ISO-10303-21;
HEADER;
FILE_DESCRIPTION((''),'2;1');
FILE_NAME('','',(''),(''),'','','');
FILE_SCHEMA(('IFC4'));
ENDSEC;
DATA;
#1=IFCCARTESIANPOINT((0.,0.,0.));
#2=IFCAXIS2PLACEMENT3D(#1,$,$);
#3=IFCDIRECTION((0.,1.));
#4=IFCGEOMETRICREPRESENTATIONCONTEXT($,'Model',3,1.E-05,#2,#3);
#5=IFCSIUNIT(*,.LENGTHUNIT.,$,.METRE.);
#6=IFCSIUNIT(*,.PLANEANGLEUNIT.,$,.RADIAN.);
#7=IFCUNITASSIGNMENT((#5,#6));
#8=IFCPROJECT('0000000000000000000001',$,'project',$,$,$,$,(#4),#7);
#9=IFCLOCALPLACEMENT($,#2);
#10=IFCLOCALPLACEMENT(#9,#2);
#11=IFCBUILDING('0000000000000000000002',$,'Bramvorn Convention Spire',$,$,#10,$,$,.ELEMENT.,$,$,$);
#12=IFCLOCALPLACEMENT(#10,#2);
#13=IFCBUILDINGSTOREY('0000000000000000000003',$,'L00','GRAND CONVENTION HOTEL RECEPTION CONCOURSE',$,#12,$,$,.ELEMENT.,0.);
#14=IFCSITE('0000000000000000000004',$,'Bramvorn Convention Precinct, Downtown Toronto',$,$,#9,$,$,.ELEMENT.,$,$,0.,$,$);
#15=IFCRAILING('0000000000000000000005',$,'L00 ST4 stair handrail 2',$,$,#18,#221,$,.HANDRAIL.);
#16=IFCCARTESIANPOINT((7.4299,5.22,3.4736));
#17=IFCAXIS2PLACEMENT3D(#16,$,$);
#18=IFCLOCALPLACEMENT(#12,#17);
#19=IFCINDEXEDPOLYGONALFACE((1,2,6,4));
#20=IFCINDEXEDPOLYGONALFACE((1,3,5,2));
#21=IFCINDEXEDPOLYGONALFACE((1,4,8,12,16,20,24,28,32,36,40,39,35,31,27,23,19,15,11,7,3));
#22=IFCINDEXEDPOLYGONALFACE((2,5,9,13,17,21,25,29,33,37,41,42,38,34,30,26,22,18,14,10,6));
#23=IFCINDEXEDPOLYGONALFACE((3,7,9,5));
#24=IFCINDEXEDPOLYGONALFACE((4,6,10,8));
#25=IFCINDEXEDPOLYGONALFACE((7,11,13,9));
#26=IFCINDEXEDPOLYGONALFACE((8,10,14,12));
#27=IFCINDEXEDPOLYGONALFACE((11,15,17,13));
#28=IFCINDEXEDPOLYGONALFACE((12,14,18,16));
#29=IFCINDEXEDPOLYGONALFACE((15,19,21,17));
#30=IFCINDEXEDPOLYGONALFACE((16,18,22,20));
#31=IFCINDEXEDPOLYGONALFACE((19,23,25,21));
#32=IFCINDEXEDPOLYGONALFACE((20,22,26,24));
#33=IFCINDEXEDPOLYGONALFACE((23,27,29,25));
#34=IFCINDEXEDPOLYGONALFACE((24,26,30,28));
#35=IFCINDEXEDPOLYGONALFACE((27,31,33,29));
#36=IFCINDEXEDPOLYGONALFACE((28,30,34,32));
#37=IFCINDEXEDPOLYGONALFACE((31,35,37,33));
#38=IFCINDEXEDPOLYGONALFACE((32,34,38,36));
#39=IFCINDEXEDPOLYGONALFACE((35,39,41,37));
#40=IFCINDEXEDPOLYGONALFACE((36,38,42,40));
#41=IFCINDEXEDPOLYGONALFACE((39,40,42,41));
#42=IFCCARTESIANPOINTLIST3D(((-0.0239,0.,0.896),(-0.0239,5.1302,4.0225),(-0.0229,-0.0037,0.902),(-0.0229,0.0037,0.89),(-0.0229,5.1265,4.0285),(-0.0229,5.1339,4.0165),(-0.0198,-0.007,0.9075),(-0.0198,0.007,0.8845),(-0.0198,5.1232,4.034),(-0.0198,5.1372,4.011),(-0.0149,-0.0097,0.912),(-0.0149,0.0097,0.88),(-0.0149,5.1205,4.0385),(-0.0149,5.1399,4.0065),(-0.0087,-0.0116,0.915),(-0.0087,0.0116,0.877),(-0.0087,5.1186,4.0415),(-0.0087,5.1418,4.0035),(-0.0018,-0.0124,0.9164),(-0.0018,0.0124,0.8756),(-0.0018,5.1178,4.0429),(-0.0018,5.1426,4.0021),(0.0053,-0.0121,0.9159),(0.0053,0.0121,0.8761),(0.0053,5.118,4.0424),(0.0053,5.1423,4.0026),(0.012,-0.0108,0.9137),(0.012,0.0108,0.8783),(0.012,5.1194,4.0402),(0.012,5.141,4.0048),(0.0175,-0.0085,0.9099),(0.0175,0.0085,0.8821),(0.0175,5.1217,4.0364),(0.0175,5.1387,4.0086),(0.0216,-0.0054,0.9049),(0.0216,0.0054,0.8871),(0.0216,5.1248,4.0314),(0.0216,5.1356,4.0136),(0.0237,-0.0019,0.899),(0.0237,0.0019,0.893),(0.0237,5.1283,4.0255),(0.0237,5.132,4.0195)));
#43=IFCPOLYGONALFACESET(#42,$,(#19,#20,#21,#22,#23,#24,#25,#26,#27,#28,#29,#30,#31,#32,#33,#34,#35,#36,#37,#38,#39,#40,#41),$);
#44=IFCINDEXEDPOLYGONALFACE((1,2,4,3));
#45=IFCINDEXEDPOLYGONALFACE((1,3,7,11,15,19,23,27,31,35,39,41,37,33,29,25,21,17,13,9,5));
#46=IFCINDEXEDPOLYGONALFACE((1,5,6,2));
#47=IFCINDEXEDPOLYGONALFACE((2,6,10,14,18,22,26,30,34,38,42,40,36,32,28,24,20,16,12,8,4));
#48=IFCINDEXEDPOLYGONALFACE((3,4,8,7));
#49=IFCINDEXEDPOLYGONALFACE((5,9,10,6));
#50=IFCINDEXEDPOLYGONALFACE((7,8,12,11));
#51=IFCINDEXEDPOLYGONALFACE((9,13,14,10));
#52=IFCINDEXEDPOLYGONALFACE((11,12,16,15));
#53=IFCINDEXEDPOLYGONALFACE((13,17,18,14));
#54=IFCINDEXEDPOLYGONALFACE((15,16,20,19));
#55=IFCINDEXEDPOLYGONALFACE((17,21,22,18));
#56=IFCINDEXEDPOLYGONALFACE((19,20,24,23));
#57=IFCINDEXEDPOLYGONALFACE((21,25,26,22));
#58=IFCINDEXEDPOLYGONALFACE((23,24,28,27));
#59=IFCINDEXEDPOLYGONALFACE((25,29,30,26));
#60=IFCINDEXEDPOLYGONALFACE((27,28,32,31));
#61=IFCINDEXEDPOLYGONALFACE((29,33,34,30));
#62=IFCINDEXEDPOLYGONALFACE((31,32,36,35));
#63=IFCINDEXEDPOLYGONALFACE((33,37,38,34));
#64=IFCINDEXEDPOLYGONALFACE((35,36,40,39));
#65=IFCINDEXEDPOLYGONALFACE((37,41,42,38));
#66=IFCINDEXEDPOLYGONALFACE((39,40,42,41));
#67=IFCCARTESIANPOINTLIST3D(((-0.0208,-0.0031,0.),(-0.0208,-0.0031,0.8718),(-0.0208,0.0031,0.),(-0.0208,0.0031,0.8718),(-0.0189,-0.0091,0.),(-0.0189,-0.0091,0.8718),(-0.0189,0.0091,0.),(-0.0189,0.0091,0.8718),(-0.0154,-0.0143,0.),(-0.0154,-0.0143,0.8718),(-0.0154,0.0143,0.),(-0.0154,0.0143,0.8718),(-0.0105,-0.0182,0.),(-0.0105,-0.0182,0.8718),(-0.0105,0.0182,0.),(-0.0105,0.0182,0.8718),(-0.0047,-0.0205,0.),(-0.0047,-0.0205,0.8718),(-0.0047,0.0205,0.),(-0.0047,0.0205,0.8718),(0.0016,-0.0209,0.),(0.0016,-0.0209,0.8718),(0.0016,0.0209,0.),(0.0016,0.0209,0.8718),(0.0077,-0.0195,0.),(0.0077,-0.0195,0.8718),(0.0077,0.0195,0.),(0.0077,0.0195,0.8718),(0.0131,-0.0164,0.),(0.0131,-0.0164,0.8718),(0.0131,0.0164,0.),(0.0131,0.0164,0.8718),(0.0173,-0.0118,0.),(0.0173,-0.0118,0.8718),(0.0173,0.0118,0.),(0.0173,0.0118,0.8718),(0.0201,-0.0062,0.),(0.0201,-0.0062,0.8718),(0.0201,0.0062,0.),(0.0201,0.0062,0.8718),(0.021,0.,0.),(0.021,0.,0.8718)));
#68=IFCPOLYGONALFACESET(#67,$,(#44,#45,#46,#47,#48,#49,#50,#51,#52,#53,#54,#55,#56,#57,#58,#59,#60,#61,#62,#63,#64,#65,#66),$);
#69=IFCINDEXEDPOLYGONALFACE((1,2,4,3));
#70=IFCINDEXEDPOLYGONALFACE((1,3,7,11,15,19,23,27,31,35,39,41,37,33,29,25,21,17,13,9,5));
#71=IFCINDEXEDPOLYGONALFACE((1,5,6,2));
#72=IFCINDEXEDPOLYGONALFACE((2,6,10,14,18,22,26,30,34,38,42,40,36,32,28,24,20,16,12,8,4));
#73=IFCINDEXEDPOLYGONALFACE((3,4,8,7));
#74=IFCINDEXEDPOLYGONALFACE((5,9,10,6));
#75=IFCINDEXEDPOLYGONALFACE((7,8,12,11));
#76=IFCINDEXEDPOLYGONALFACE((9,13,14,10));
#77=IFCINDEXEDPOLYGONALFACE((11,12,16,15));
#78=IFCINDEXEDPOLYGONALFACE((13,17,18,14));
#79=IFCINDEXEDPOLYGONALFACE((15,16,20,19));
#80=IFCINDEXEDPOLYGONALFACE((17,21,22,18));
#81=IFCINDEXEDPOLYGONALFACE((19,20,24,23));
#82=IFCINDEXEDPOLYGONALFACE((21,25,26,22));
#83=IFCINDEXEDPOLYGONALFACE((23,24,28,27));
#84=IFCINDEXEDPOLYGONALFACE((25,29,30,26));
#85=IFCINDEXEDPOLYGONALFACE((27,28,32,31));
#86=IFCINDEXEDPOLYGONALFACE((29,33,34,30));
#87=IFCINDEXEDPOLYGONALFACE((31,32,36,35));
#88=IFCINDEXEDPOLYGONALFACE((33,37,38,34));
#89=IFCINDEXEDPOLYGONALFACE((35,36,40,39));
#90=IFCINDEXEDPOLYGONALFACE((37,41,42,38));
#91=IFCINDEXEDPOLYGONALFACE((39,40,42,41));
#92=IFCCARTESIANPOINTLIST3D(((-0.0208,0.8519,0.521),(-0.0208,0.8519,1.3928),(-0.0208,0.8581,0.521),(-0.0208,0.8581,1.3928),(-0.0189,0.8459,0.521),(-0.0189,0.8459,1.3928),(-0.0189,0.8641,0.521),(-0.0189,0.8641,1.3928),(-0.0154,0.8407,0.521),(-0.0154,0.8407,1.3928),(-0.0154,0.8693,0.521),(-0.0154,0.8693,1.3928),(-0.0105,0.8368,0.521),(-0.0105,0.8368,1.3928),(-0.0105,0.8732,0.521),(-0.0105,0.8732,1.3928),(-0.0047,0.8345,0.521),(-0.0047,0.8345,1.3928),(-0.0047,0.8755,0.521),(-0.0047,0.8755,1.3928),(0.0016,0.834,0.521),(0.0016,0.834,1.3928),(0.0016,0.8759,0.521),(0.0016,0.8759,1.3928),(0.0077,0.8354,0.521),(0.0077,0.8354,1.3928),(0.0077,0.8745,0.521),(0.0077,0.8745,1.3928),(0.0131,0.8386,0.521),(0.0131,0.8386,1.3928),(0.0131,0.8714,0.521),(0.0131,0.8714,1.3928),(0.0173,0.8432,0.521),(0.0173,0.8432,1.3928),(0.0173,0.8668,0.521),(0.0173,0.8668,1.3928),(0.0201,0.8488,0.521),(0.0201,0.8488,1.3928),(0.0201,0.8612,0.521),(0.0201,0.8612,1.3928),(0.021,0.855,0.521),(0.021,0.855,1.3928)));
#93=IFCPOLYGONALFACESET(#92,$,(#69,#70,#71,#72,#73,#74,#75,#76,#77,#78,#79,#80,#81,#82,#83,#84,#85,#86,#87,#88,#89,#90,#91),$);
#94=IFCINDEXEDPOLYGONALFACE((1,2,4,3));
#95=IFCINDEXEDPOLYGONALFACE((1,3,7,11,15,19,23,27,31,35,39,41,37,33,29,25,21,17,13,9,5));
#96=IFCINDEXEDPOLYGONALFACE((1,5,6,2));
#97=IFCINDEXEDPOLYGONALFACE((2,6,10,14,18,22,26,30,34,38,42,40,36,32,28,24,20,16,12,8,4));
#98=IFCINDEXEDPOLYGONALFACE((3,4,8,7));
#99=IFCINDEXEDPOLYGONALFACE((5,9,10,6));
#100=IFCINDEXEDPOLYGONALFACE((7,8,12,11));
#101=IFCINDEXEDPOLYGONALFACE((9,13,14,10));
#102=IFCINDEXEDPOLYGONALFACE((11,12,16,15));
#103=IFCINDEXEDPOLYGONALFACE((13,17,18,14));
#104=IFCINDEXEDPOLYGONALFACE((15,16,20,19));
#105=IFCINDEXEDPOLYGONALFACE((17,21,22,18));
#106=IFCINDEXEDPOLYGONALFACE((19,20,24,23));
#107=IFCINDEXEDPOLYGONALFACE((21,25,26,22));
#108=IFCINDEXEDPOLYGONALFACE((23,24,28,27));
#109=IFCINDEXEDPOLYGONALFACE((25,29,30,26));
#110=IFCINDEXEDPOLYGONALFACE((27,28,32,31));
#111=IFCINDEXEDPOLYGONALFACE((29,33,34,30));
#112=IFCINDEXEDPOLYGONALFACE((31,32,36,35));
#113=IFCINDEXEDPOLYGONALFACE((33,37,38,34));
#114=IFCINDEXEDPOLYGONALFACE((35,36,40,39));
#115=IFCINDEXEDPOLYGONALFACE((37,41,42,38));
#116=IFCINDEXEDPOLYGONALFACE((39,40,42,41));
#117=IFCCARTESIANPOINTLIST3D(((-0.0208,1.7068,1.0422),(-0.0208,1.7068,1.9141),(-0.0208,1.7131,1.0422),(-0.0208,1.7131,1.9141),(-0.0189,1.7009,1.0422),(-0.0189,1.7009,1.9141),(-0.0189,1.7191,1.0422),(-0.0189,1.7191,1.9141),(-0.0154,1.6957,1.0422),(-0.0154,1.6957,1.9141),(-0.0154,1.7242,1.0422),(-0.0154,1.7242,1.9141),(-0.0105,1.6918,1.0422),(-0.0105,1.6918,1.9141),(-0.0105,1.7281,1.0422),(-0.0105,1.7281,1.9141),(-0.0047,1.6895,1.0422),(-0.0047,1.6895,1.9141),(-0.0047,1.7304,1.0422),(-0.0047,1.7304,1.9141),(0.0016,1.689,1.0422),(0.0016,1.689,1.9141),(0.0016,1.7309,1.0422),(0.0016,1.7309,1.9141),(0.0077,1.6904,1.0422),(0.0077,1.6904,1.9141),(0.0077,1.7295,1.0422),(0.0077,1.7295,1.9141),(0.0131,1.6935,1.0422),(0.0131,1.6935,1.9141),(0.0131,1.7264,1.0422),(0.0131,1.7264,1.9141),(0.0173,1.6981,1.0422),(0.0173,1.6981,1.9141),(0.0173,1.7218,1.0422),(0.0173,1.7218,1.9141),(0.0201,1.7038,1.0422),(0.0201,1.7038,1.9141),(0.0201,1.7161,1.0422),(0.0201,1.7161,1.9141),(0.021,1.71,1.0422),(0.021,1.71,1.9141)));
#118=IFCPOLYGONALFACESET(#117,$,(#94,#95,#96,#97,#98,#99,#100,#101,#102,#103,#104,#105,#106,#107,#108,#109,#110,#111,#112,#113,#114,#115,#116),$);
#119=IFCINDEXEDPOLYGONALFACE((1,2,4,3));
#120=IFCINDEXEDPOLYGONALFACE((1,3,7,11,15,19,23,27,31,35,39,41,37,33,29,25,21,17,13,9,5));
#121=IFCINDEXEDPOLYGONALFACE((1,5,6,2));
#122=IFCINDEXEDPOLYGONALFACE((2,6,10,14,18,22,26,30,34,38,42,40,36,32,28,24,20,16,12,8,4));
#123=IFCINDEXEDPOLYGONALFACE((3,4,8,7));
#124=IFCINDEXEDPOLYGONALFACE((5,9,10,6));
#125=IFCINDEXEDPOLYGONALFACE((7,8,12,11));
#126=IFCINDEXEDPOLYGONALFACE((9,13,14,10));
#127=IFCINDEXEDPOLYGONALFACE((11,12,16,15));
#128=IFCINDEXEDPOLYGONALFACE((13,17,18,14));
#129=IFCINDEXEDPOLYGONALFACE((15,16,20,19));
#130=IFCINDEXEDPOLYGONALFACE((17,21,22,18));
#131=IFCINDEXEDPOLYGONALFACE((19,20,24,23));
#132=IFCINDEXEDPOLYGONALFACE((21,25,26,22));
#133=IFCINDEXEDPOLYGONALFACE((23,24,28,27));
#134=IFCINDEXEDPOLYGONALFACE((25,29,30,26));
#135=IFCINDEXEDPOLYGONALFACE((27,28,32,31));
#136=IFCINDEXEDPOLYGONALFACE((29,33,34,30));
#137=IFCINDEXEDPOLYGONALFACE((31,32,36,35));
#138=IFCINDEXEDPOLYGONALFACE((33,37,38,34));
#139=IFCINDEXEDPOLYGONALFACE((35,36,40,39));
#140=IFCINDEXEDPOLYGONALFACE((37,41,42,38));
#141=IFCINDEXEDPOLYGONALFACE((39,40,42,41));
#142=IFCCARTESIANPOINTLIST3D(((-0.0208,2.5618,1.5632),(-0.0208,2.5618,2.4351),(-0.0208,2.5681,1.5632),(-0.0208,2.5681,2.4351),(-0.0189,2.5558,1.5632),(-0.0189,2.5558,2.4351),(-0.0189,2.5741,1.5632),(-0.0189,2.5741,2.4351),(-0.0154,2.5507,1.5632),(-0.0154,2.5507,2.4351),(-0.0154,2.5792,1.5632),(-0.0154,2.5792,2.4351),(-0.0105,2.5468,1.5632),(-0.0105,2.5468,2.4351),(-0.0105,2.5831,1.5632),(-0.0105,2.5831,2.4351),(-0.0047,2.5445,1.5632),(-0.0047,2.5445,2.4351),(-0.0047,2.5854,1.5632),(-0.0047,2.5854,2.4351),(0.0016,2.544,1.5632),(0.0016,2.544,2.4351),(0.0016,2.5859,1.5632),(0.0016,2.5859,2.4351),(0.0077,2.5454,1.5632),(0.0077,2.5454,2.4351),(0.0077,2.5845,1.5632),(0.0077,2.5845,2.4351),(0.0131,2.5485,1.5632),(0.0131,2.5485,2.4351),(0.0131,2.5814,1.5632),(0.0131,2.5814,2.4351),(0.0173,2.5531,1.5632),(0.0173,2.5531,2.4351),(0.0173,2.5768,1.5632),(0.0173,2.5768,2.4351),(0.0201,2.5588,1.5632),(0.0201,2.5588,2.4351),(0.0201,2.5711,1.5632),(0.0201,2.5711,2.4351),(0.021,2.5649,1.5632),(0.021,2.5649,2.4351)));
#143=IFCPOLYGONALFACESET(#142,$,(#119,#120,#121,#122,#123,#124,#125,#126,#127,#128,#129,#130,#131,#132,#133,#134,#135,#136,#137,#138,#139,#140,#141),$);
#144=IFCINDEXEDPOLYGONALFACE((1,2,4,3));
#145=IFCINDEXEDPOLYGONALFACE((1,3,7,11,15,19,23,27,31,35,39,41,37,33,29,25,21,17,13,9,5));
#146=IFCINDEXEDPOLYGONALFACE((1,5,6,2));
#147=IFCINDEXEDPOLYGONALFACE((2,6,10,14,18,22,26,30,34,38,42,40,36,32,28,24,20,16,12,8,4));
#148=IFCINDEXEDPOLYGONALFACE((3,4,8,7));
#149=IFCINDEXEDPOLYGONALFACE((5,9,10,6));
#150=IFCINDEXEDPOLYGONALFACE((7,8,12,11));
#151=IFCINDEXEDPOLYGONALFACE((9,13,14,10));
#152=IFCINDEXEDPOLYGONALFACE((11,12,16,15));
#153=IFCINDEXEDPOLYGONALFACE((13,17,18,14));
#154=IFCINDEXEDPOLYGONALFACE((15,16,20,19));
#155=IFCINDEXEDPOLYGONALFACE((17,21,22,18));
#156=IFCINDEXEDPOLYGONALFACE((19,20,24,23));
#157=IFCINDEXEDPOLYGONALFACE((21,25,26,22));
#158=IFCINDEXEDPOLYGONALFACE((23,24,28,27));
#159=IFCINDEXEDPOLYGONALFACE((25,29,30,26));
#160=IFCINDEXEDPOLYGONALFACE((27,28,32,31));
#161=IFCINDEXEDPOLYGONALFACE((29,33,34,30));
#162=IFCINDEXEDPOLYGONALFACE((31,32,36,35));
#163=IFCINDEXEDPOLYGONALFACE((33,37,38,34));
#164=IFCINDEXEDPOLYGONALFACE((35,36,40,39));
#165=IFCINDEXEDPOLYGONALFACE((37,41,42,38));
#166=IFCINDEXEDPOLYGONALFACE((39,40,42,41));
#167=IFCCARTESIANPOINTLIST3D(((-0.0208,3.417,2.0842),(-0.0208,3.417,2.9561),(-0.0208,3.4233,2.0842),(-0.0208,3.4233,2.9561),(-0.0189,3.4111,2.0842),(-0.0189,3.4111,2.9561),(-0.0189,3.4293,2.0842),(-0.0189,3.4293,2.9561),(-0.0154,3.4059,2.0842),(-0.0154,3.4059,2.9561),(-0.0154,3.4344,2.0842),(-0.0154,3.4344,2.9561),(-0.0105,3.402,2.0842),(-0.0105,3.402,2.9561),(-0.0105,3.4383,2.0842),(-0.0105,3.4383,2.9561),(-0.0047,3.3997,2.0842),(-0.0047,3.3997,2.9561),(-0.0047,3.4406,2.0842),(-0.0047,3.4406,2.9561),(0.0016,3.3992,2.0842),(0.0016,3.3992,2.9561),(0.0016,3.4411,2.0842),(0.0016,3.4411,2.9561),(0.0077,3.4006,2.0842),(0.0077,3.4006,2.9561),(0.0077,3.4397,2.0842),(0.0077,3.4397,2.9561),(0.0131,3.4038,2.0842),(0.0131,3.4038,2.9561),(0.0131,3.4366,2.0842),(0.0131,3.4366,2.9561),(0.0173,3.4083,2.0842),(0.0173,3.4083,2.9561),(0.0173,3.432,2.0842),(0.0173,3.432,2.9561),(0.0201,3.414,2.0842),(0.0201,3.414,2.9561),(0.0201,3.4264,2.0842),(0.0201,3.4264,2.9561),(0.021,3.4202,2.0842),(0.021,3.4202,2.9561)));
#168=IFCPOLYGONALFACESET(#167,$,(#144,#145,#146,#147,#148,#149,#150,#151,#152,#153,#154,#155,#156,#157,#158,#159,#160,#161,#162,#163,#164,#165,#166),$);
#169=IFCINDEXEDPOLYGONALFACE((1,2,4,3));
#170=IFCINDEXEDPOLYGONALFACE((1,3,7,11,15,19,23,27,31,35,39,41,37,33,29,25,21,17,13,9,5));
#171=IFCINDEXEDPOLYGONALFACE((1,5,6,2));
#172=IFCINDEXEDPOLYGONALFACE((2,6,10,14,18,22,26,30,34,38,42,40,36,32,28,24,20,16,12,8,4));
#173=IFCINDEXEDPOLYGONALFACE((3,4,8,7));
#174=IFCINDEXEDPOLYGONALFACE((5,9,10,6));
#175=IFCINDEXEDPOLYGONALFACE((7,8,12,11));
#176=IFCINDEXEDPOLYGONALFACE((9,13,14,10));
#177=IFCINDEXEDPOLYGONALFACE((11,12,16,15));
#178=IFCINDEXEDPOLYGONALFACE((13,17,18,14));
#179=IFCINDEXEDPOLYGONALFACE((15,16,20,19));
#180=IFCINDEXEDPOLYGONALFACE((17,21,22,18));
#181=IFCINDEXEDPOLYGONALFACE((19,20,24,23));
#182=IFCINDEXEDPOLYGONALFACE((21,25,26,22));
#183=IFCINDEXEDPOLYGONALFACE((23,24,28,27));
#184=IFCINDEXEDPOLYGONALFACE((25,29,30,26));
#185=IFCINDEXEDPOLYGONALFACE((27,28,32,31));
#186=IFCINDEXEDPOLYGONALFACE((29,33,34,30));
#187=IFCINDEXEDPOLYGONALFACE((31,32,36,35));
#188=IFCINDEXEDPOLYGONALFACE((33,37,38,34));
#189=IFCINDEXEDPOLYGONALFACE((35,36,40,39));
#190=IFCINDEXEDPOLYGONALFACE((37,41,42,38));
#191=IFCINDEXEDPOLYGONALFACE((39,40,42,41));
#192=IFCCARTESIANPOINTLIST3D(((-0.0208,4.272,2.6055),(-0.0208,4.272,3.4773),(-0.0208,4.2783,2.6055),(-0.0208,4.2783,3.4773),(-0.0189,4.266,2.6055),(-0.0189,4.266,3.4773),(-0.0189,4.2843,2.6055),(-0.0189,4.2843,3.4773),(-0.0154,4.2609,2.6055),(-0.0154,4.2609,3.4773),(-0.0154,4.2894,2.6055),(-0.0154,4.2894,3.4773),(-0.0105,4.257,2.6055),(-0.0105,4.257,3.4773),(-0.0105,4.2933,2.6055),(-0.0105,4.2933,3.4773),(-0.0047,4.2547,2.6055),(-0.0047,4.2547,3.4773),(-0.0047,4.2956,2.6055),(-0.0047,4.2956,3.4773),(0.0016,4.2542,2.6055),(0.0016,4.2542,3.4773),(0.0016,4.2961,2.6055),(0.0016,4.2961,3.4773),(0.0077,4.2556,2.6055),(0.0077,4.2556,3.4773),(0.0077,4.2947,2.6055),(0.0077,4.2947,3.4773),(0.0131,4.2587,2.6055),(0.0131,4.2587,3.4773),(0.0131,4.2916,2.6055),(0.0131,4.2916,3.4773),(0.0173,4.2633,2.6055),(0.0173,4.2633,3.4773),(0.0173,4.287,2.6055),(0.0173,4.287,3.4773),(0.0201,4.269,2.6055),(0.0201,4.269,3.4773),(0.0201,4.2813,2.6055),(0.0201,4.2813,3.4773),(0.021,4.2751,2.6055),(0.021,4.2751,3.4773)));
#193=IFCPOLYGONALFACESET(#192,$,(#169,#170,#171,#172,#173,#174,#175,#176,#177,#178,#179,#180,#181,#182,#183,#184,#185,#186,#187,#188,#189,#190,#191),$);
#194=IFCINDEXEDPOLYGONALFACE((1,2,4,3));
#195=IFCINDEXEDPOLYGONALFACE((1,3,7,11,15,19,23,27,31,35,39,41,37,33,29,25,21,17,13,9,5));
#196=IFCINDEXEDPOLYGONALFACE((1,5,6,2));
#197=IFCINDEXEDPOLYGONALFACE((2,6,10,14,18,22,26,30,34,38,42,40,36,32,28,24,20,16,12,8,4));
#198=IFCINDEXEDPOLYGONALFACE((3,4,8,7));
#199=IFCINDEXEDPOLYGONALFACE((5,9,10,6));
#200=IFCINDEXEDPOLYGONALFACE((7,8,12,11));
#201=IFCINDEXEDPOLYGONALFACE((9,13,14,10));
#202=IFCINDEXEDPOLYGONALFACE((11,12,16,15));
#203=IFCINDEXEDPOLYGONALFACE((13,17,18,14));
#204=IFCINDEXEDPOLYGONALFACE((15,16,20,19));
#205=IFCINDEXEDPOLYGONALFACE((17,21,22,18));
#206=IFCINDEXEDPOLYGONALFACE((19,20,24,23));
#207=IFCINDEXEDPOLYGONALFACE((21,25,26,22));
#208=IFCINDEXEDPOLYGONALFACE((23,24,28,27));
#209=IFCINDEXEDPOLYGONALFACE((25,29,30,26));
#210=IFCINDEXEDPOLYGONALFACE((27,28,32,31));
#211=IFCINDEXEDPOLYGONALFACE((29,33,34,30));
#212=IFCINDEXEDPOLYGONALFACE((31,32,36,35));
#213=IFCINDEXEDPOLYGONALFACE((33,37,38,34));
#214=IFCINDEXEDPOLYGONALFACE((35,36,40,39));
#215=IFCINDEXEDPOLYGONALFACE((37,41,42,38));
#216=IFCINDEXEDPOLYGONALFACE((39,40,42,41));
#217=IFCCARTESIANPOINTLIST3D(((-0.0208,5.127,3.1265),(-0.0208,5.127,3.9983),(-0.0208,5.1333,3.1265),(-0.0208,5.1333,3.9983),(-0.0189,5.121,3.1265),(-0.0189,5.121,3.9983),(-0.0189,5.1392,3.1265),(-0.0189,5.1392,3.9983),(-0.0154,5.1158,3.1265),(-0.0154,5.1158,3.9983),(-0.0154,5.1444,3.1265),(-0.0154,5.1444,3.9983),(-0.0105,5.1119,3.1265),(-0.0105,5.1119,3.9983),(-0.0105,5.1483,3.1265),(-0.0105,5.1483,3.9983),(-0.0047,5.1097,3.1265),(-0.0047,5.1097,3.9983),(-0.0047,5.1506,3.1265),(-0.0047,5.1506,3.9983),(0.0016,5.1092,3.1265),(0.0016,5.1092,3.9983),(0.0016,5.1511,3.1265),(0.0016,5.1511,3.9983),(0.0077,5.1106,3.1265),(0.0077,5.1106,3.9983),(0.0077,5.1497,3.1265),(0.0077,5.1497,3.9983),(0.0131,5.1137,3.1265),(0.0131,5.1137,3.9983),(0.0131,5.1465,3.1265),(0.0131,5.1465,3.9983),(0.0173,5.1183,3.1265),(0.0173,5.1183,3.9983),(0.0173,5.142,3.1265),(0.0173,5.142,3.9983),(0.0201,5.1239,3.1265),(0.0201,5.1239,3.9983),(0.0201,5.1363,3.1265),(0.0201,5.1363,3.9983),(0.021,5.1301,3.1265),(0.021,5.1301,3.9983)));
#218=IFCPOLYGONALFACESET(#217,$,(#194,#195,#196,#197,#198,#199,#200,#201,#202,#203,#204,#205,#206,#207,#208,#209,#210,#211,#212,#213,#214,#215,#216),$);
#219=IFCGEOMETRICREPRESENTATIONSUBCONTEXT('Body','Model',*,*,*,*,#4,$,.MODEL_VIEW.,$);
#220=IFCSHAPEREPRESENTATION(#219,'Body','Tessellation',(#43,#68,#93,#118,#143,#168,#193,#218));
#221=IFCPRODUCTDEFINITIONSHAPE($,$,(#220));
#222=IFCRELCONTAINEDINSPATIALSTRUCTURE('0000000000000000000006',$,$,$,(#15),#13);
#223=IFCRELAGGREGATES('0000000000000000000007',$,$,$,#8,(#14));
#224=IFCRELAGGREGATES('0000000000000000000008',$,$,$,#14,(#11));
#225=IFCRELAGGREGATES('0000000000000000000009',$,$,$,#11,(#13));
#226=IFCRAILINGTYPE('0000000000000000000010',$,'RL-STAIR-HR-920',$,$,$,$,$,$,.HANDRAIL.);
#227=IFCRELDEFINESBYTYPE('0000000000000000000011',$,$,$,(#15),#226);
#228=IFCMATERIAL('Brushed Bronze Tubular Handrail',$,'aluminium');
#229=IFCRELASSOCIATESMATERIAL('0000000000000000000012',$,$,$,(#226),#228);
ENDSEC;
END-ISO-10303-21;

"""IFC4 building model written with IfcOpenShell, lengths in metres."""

from ifc_helpers import new_model, si_unit, direction, frame, origin, origin_2d, place, context, subcontext, project, spatial, circle, extrude, material, type_object, element, save


model = new_model("IFC4")

# Units and contexts
model_context = context("Model", 3, precision=1e-05, world=origin(), true_north=direction((0.0, 1.0)))
body_context = subcontext(model_context, "Body", "Model", "MODEL_VIEW")
ifc_project = project(units=[si_unit("LENGTHUNIT", "METRE"), si_unit("PLANEANGLEUNIT", "RADIAN")], contexts=[model_context])

# Site, building, storey
site_placement = place(None, origin())
site = spatial("IfcSite", under=ifc_project, at=site_placement, Name="Bramvorn Convention Precinct, Downtown Toronto", CompositionType="ELEMENT", RefElevation=0.0)
building_placement = place(site_placement, origin())
building = spatial("IfcBuilding", under=site, at=building_placement, Name="Bramvorn Convention Spire", CompositionType="ELEMENT")
storey_placement = place(building_placement, origin())
storey = spatial("IfcBuildingStorey", under=building, at=storey_placement, Name="L00", Description="GRAND CONVENTION HOTEL RECEPTION CONCOURSE", CompositionType="ELEMENT", Elevation=0.0)

# Railing
ifc_material_1 = material(Name="Brushed Bronze Tubular Handrail", Category="aluminium")
railing_type_1 = type_object("IfcRailingType", Name="RL-STAIR-HR-920", PredefinedType="HANDRAIL", material=ifc_material_1)
railing_1_placement = place(storey_placement, frame((7.4299, 5.22, 3.4736)))
element("IfcRailing", 1, at=railing_1_placement, inside=storey, type_object=railing_type_1, Name="L00 ST4 stair handrail 2", PredefinedType="HANDRAIL", context=body_context, shape_type="SweptSolid", body=[
    extrude(circle(Radius=0.0239, at=origin_2d()), frame((0.0, 0.0, 0.896), z_axis=(0.0, 0.853919, 0.520406), x_axis=(-1.0, 0.0, 0.0)), (0.0, 0.0, 1.0), 6.0078),
    extrude(circle(Radius=0.021, at=origin_2d()), origin(), (0.0, 0.0, 1.0), 0.8718),
    extrude(circle(Radius=0.021, at=origin_2d()), frame((0.0, 0.855, 0.521)), (0.0, 0.0, 1.0), 0.8718),
    extrude(circle(Radius=0.021, at=origin_2d()), frame((0.0, 1.71, 1.0422)), (0.0, 0.0, 1.0), 0.8718),
    extrude(circle(Radius=0.021, at=origin_2d()), frame((0.0, 2.5649, 1.5632)), (0.0, 0.0, 1.0), 0.8718),
    extrude(circle(Radius=0.021, at=origin_2d()), frame((0.0, 3.4202, 2.0842)), (0.0, 0.0, 1.0), 0.8718),
    extrude(circle(Radius=0.021, at=origin_2d()), frame((0.0, 4.2751, 2.6055)), (0.0, 0.0, 1.0), 0.8718),
    extrude(circle(Radius=0.021, at=origin_2d()), frame((0.0, 5.1301, 3.1265)), (0.0, 0.0, 1.0), 0.8718),
])

save(model, "model.ifc")
